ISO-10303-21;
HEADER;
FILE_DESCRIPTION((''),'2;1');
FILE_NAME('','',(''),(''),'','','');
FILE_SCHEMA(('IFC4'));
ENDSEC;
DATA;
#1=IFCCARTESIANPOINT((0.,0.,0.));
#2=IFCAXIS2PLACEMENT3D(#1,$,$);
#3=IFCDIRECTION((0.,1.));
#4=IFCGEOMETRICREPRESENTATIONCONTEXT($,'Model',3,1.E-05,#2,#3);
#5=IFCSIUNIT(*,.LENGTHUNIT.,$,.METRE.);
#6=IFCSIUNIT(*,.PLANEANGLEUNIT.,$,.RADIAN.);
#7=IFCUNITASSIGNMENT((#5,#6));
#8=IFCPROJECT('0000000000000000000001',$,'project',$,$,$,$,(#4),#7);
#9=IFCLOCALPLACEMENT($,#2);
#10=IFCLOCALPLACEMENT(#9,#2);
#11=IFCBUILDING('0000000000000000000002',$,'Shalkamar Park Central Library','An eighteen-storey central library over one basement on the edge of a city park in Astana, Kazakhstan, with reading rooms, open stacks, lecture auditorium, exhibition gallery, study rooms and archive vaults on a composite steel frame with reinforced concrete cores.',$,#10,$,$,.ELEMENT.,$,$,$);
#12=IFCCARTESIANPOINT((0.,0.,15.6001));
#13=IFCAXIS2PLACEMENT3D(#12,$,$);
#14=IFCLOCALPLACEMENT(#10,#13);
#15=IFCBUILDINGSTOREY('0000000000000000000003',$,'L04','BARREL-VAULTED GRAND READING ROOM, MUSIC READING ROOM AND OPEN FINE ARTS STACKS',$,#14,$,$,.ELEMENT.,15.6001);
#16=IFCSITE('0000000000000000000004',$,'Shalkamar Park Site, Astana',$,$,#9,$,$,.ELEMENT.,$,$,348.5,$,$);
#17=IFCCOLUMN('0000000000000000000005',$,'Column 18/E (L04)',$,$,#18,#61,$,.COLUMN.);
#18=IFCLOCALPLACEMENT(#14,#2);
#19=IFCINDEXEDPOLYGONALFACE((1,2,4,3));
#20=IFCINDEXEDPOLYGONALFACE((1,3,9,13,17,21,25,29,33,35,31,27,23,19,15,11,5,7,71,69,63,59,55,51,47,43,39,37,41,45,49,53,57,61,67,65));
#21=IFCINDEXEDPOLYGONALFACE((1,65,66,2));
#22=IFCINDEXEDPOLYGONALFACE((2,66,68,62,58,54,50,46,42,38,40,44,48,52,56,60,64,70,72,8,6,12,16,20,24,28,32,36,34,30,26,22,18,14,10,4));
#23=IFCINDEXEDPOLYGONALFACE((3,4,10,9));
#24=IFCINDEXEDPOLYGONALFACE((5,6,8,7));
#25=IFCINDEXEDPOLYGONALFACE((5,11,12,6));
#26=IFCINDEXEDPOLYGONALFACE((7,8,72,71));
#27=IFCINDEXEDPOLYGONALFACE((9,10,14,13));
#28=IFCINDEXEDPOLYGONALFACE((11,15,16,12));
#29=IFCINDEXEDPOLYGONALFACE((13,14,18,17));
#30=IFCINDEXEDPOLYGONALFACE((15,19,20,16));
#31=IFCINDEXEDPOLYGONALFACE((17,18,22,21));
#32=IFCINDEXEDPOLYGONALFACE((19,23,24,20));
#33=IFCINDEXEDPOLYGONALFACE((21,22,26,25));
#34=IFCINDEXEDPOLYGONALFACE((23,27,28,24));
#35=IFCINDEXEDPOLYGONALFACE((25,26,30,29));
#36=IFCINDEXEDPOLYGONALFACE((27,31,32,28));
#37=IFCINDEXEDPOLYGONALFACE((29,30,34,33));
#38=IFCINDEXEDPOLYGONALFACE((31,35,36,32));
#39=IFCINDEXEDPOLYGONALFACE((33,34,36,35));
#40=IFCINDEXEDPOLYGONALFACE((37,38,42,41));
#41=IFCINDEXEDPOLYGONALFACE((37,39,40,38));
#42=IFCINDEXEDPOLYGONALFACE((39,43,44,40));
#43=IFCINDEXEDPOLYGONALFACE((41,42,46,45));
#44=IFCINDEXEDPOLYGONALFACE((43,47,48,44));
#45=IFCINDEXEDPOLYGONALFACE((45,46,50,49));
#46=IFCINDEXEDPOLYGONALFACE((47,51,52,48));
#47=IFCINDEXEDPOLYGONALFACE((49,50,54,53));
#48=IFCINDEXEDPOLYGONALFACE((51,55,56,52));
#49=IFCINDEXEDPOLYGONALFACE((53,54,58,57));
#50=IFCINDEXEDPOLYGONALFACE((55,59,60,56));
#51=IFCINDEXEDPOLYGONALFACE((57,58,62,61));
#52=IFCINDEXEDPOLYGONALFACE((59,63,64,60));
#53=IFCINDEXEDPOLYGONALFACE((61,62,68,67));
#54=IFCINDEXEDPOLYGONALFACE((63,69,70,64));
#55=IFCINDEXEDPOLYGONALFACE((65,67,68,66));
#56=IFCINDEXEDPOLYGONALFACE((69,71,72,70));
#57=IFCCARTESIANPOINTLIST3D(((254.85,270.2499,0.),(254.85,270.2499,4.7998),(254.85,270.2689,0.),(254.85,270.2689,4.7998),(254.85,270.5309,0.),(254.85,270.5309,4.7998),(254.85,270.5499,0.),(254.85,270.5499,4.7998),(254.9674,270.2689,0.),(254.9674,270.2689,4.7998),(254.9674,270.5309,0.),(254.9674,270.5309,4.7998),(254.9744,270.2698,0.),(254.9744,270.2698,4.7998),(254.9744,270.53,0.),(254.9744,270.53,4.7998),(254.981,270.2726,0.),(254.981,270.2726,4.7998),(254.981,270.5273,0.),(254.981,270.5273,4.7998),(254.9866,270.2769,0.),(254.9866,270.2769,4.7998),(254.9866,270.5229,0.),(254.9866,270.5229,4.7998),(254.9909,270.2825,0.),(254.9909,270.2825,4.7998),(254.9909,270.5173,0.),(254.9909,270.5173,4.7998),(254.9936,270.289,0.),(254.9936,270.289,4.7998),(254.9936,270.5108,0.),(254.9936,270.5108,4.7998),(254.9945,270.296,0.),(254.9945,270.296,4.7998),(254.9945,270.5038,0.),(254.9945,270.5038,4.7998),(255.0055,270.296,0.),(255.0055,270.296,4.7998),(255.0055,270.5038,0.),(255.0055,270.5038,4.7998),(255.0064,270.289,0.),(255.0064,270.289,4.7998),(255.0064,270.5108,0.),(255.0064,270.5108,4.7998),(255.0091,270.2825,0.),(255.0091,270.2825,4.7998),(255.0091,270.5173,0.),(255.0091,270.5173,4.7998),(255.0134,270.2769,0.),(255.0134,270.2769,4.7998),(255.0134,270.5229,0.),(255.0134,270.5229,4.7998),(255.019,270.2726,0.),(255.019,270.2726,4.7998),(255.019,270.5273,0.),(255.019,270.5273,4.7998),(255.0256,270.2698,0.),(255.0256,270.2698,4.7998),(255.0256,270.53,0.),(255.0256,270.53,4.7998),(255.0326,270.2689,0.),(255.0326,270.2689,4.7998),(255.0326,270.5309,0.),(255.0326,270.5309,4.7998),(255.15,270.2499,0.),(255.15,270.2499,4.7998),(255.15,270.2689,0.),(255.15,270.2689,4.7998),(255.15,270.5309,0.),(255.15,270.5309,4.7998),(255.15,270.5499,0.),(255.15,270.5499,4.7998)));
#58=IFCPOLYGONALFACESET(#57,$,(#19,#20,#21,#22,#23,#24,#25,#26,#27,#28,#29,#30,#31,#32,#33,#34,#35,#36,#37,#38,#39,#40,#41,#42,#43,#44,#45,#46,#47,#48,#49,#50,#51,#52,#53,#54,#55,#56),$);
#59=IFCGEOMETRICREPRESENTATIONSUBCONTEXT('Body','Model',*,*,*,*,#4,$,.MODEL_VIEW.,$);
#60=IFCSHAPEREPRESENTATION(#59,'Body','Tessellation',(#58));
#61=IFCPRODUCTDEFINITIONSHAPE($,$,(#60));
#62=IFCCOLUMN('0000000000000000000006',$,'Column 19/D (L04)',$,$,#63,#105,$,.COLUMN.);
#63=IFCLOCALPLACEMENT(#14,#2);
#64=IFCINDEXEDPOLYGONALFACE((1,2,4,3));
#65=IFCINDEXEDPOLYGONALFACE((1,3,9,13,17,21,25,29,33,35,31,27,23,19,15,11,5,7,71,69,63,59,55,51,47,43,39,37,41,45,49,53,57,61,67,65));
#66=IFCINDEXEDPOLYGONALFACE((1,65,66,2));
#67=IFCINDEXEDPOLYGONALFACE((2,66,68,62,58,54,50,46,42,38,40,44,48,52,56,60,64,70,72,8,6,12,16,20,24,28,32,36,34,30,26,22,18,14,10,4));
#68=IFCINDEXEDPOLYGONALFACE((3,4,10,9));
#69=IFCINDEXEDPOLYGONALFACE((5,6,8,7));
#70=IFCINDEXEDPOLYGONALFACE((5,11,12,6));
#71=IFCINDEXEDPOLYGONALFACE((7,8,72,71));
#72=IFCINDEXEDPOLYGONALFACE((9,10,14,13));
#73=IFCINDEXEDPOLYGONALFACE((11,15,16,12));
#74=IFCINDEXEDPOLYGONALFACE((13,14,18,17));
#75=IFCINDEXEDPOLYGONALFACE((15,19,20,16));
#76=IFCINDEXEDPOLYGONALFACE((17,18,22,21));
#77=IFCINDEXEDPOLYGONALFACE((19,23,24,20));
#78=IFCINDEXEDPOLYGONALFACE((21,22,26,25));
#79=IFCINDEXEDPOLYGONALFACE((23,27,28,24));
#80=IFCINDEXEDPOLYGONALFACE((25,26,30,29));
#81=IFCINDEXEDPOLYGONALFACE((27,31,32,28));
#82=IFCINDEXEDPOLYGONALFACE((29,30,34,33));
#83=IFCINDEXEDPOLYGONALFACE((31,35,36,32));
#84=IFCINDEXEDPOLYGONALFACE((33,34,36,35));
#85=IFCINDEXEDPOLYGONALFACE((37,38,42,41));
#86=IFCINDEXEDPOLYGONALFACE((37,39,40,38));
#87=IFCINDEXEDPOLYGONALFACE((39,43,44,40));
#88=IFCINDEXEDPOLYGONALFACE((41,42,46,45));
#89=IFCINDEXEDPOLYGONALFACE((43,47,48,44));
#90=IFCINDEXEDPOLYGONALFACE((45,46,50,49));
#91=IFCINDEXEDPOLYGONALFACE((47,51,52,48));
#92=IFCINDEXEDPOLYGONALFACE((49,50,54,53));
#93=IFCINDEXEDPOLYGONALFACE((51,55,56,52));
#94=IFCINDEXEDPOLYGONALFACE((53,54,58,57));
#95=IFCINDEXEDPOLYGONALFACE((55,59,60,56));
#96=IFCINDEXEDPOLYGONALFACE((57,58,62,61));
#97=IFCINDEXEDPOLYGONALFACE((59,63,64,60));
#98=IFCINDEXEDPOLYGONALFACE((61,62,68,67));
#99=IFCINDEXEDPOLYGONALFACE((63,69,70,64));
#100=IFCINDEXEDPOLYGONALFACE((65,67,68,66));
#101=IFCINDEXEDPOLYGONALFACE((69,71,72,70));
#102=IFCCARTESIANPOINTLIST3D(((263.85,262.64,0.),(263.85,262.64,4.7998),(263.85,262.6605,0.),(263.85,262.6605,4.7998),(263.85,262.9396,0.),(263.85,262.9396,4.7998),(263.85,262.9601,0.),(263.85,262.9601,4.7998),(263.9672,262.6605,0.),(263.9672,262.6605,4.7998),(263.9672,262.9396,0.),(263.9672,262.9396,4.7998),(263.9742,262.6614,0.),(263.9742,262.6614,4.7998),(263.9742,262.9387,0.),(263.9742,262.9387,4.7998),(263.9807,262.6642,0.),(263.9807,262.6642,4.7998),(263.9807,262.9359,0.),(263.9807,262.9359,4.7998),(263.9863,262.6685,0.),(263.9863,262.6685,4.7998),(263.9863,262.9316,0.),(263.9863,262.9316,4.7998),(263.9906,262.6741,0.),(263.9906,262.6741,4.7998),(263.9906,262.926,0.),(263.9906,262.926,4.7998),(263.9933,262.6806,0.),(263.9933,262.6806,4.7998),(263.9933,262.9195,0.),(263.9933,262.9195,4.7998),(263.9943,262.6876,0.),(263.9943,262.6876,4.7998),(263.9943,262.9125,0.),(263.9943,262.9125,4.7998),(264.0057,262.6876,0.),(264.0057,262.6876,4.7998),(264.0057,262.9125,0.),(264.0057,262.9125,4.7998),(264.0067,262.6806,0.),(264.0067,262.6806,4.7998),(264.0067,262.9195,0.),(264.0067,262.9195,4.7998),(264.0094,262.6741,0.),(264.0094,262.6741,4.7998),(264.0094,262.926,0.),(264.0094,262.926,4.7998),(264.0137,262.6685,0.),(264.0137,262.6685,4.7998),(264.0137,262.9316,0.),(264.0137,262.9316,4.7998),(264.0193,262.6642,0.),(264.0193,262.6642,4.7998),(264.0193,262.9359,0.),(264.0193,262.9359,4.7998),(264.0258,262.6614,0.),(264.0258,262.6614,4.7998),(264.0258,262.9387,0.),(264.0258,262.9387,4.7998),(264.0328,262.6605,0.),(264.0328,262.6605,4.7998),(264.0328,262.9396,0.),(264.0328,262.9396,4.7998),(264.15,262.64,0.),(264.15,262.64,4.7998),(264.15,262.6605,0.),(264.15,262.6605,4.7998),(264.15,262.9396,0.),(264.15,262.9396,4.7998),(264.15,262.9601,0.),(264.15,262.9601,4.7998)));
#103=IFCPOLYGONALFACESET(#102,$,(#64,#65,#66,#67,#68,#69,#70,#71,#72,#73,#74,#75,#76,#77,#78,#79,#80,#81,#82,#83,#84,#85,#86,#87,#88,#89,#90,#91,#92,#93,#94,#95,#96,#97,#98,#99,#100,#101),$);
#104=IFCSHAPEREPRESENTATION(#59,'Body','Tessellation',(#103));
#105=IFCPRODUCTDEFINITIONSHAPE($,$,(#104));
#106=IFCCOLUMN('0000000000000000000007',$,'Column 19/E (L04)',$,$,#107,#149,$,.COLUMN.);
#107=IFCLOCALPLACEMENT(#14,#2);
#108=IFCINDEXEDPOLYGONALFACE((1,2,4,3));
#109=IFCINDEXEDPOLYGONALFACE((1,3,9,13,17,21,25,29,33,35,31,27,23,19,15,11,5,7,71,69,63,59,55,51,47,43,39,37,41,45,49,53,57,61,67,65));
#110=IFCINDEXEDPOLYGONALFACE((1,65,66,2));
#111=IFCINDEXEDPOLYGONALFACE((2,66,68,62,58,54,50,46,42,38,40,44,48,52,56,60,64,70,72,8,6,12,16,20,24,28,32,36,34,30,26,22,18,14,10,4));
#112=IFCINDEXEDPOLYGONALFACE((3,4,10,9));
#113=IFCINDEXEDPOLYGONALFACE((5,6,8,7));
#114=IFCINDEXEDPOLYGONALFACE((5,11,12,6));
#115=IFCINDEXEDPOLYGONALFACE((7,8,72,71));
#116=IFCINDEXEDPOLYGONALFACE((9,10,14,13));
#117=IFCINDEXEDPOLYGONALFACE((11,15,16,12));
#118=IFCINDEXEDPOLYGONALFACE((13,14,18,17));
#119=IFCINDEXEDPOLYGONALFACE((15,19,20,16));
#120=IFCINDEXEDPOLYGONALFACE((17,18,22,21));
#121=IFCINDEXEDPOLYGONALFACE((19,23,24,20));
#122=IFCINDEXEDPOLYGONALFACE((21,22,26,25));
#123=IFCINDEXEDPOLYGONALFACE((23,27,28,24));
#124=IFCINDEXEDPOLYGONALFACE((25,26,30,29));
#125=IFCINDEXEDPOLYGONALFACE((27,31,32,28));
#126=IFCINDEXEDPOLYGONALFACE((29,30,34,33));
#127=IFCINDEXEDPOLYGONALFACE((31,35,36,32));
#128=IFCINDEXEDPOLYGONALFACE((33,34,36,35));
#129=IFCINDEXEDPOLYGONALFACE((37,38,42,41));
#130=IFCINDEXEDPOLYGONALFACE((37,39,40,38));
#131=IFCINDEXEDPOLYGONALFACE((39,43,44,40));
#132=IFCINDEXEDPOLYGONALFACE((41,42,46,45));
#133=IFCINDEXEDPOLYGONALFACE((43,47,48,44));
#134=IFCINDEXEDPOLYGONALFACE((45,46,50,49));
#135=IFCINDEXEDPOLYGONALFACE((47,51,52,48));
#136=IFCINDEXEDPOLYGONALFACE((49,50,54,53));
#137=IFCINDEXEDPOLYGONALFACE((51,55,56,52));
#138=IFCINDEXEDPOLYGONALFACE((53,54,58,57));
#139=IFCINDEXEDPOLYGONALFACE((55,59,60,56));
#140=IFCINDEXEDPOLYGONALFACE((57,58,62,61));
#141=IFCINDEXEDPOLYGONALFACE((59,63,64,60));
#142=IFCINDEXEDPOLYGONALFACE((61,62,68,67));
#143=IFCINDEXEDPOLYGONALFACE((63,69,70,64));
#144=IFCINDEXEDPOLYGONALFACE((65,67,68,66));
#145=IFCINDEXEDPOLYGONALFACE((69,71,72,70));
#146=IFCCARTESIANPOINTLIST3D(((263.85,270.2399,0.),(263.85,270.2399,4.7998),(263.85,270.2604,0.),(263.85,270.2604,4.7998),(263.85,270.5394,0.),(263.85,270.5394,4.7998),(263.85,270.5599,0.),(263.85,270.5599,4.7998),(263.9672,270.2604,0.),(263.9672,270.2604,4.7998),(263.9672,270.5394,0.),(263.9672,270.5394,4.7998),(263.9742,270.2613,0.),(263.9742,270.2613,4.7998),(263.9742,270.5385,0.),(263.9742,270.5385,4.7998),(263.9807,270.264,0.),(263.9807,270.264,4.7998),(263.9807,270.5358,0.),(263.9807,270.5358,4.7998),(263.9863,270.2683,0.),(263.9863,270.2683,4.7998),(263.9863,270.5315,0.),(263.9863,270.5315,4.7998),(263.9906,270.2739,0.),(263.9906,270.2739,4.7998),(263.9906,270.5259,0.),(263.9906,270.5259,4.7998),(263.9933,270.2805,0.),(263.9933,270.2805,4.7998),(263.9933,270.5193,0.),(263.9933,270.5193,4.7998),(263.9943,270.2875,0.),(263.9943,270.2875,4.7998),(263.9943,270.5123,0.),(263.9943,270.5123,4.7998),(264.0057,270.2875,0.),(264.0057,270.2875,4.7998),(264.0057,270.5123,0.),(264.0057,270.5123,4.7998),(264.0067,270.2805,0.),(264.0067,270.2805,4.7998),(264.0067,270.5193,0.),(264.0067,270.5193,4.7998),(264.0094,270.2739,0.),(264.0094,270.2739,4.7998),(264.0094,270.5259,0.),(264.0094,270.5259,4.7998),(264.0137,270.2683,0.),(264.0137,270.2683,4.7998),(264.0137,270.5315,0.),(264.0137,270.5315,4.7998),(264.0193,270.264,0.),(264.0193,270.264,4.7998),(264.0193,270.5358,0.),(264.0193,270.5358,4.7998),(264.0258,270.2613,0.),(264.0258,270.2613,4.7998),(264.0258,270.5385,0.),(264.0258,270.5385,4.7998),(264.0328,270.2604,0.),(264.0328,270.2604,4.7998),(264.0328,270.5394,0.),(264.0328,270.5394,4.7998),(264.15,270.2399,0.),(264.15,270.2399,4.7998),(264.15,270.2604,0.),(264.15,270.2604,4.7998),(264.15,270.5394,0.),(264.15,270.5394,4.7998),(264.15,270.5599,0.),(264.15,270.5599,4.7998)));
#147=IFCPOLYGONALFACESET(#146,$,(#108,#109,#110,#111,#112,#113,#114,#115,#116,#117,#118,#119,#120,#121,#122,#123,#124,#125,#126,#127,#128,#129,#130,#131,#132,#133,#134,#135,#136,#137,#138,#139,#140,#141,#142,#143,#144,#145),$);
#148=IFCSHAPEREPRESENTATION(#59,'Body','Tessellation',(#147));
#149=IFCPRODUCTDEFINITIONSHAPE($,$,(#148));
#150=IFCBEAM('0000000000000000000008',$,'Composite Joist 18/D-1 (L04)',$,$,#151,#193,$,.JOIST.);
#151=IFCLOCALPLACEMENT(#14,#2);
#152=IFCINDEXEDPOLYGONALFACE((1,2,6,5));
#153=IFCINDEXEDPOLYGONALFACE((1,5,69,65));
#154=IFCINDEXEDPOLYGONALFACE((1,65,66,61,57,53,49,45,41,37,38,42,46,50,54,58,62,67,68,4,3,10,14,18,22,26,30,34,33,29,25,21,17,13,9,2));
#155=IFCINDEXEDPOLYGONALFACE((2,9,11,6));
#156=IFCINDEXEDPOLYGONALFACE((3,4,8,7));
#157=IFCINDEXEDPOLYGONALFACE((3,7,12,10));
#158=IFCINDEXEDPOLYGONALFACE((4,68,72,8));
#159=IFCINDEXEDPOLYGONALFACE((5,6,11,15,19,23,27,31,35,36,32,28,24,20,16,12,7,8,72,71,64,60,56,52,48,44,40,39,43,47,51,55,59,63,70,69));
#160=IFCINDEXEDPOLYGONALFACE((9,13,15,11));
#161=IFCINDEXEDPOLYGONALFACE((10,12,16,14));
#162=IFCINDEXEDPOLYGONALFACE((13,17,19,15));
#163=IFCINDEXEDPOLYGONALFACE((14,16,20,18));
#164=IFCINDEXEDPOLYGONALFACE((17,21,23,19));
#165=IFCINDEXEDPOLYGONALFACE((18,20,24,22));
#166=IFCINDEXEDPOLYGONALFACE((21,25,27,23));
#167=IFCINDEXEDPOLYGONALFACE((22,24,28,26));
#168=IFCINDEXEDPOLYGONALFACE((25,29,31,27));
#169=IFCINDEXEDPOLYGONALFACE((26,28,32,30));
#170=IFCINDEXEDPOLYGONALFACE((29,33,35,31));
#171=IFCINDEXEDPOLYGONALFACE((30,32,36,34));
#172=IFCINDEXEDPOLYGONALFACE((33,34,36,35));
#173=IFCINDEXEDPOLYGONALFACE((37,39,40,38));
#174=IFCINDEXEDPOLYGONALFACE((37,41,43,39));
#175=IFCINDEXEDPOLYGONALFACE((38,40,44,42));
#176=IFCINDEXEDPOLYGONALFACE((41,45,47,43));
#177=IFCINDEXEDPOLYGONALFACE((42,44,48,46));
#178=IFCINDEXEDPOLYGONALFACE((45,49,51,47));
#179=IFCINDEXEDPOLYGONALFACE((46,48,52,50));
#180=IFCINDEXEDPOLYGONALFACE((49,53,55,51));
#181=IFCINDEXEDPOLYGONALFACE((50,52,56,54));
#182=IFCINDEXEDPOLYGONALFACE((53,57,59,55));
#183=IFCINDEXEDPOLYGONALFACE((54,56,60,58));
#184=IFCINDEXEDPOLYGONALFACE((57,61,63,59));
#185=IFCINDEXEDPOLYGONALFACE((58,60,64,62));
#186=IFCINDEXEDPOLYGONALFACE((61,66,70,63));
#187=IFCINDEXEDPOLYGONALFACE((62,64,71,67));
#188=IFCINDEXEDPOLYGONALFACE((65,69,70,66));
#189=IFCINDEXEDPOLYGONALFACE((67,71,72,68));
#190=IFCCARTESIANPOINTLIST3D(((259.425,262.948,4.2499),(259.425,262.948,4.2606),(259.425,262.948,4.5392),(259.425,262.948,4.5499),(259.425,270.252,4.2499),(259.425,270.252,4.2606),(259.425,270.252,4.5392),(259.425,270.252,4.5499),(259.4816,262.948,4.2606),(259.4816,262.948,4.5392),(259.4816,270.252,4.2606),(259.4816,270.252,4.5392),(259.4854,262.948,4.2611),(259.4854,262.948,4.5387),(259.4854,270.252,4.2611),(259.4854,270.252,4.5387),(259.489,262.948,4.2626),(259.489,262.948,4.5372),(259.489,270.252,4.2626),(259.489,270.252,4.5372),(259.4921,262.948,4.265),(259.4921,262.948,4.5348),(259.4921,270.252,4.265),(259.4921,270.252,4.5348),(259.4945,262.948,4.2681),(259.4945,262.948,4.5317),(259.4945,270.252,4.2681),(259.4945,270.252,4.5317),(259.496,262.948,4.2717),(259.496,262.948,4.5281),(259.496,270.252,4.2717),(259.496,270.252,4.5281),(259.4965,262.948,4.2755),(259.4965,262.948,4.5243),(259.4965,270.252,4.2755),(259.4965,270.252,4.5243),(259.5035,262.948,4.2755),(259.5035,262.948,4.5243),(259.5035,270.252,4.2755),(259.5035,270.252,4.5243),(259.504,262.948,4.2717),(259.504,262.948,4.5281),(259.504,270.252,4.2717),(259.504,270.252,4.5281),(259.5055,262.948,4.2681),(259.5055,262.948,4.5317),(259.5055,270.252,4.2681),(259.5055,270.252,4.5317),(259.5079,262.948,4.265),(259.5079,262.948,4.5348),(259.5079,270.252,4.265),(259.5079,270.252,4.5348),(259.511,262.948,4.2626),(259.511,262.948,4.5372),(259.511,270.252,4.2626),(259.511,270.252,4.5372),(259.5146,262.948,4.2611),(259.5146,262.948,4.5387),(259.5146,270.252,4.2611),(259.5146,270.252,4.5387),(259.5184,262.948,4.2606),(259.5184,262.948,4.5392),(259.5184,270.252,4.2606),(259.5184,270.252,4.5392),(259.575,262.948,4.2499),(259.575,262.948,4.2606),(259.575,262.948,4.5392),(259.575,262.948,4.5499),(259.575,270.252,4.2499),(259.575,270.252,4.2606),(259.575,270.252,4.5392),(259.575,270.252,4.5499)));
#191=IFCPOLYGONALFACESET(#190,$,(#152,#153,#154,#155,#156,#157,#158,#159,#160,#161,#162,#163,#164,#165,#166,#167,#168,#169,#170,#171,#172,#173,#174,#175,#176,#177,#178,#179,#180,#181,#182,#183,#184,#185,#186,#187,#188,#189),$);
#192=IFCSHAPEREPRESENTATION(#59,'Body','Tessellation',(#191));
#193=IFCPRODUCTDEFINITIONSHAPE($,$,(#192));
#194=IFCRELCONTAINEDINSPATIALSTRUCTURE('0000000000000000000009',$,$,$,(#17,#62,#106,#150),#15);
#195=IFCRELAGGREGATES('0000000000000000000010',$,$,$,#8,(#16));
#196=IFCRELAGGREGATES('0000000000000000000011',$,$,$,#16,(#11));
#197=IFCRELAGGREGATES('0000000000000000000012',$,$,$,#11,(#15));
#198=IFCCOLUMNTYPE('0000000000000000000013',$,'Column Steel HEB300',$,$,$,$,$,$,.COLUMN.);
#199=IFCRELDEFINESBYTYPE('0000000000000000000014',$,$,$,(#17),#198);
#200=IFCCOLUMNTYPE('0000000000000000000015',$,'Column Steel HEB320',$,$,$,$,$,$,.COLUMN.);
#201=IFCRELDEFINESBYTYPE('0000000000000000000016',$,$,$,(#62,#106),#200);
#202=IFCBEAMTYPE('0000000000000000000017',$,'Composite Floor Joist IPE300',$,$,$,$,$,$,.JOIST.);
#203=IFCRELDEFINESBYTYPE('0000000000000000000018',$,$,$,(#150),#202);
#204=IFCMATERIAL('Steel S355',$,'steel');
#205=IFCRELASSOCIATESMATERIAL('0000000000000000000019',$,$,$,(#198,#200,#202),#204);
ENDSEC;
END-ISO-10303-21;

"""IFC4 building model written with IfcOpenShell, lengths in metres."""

from ifc_helpers import new_model, si_unit, direction, frame, origin, origin_2d, place, context, subcontext, project, spatial, i_section, extrude, material, material_profile, profile_set, type_object, element, save


model = new_model("IFC4")

# Units and contexts
model_context = context("Model", 3, precision=1e-05, world=origin(), true_north=direction((0.0, 1.0)))
body_context = subcontext(model_context, "Body", "Model", "MODEL_VIEW")
ifc_project = project(units=[si_unit("LENGTHUNIT", "METRE"), si_unit("PLANEANGLEUNIT", "RADIAN")], contexts=[model_context])

# Site, building, storey
site_placement = place(None, origin())
site = spatial("IfcSite", under=ifc_project, at=site_placement, Name="Shalkamar Park Site, Astana", CompositionType="ELEMENT", RefElevation=348.5)
building_placement = place(site_placement, origin())
building = spatial("IfcBuilding", under=site, at=building_placement, Name="Shalkamar Park Central Library", Description="An eighteen-storey central library over one basement on the edge of a city park in Astana, Kazakhstan, with reading rooms, open stacks, lecture auditorium, exhibition gallery, study rooms and archive vaults on a composite steel frame with reinforced concrete cores.", CompositionType="ELEMENT")
storey_placement = place(building_placement, frame((0.0, 0.0, 15.6001)))
storey = spatial("IfcBuildingStorey", under=building, at=storey_placement, Name="L04", Description="BARREL-VAULTED GRAND READING ROOM, MUSIC READING ROOM AND OPEN FINE ARTS STACKS", CompositionType="ELEMENT", Elevation=15.6001)

# Columns
ifc_material_1 = material(Name="Steel S355", Category="steel")
ifc_material_profile_1 = material_profile(ifc_material_1, i_section(OverallWidth=0.3, OverallDepth=0.3, WebThickness=0.011, FlangeThickness=0.019, FilletRadius=0.0271, at=origin_2d()), Name="HEB 300")
ifc_profile_set_1 = profile_set([ifc_material_profile_1], Name="Steel S355")
column_type_1 = type_object("IfcColumnType", Name="Column Steel HEB300", PredefinedType="COLUMN", material=ifc_profile_set_1)
column_placement = place(storey_placement, frame((255.0, 270.3999, 0.0), z_axis=(0.0, 0.0, 1.0), x_axis=(1.0, 0.0, 0.0)))
element("IfcColumn", 1, at=column_placement, inside=storey, type_object=column_type_1, Name="Column 18/E (L04)", PredefinedType="COLUMN", context=body_context, shape_type="SweptSolid", body=[
    extrude(i_section(OverallWidth=0.3, OverallDepth=0.3, WebThickness=0.011, FlangeThickness=0.019, FilletRadius=0.0271, at=origin_2d()), origin(), (0.0, 0.0, 1.0), 4.7998),
])
ifc_material_profile_2 = material_profile(ifc_material_1, i_section(OverallWidth=0.3, OverallDepth=0.3201, WebThickness=0.0115, FlangeThickness=0.0205, FilletRadius=0.0271, at=origin_2d()), Name="HEB 320")
ifc_profile_set_2 = profile_set([ifc_material_profile_2], Name="Steel S355")
column_type_2 = type_object("IfcColumnType", Name="Column Steel HEB320", PredefinedType="COLUMN", material=ifc_profile_set_2)
for number, where, z_axis, x_axis, name in (
    (2, (264.0, 262.8, 0.0), (0.0, 0.0, 1.0), (1.0, 0.0, 0.0), "Column 19/D (L04)"),
    (3, (264.0, 270.3999, 0.0), (0.0, 0.0, 1.0), (1.0, 0.0, 0.0), "Column 19/E (L04)"),
):
    element("IfcColumn", number, at=place(storey_placement, frame(where, z_axis=z_axis, x_axis=x_axis)), inside=storey, type_object=column_type_2, Name=name, PredefinedType="COLUMN", context=body_context, shape_type="SweptSolid", body=[
        extrude(i_section(OverallWidth=0.3, OverallDepth=0.3201, WebThickness=0.0115, FlangeThickness=0.0205, FilletRadius=0.0271, at=origin_2d()), origin(), (0.0, 0.0, 1.0), 4.7998),
    ])

# Beam
ifc_material_profile_3 = material_profile(ifc_material_1, i_section(OverallWidth=0.1499, OverallDepth=0.3, WebThickness=0.0071, FlangeThickness=0.0107, FilletRadius=0.0149, at=origin_2d()), Name="IPE 300")
ifc_profile_set_3 = profile_set([ifc_material_profile_3], Name="Steel S355")
beam_type_1 = type_object("IfcBeamType", Name="Composite Floor Joist IPE300", PredefinedType="JOIST", material=ifc_profile_set_3)
beam_1_placement = place(storey_placement, frame((259.5, 262.948, 4.3999), z_axis=(0.0, 1.0, 0.0), x_axis=(-1.0, 0.0, 0.0)))
element("IfcBeam", 4, at=beam_1_placement, inside=storey, type_object=beam_type_1, Name="Composite Joist 18/D-1 (L04)", PredefinedType="JOIST", context=body_context, shape_type="SweptSolid", body=[
    extrude(i_section(OverallWidth=0.1499, OverallDepth=0.3, WebThickness=0.0071, FlangeThickness=0.0107, FilletRadius=0.0149, at=origin_2d()), origin(), (0.0, 0.0, 1.0), 7.304),
])

save(model, "model.ifc")
